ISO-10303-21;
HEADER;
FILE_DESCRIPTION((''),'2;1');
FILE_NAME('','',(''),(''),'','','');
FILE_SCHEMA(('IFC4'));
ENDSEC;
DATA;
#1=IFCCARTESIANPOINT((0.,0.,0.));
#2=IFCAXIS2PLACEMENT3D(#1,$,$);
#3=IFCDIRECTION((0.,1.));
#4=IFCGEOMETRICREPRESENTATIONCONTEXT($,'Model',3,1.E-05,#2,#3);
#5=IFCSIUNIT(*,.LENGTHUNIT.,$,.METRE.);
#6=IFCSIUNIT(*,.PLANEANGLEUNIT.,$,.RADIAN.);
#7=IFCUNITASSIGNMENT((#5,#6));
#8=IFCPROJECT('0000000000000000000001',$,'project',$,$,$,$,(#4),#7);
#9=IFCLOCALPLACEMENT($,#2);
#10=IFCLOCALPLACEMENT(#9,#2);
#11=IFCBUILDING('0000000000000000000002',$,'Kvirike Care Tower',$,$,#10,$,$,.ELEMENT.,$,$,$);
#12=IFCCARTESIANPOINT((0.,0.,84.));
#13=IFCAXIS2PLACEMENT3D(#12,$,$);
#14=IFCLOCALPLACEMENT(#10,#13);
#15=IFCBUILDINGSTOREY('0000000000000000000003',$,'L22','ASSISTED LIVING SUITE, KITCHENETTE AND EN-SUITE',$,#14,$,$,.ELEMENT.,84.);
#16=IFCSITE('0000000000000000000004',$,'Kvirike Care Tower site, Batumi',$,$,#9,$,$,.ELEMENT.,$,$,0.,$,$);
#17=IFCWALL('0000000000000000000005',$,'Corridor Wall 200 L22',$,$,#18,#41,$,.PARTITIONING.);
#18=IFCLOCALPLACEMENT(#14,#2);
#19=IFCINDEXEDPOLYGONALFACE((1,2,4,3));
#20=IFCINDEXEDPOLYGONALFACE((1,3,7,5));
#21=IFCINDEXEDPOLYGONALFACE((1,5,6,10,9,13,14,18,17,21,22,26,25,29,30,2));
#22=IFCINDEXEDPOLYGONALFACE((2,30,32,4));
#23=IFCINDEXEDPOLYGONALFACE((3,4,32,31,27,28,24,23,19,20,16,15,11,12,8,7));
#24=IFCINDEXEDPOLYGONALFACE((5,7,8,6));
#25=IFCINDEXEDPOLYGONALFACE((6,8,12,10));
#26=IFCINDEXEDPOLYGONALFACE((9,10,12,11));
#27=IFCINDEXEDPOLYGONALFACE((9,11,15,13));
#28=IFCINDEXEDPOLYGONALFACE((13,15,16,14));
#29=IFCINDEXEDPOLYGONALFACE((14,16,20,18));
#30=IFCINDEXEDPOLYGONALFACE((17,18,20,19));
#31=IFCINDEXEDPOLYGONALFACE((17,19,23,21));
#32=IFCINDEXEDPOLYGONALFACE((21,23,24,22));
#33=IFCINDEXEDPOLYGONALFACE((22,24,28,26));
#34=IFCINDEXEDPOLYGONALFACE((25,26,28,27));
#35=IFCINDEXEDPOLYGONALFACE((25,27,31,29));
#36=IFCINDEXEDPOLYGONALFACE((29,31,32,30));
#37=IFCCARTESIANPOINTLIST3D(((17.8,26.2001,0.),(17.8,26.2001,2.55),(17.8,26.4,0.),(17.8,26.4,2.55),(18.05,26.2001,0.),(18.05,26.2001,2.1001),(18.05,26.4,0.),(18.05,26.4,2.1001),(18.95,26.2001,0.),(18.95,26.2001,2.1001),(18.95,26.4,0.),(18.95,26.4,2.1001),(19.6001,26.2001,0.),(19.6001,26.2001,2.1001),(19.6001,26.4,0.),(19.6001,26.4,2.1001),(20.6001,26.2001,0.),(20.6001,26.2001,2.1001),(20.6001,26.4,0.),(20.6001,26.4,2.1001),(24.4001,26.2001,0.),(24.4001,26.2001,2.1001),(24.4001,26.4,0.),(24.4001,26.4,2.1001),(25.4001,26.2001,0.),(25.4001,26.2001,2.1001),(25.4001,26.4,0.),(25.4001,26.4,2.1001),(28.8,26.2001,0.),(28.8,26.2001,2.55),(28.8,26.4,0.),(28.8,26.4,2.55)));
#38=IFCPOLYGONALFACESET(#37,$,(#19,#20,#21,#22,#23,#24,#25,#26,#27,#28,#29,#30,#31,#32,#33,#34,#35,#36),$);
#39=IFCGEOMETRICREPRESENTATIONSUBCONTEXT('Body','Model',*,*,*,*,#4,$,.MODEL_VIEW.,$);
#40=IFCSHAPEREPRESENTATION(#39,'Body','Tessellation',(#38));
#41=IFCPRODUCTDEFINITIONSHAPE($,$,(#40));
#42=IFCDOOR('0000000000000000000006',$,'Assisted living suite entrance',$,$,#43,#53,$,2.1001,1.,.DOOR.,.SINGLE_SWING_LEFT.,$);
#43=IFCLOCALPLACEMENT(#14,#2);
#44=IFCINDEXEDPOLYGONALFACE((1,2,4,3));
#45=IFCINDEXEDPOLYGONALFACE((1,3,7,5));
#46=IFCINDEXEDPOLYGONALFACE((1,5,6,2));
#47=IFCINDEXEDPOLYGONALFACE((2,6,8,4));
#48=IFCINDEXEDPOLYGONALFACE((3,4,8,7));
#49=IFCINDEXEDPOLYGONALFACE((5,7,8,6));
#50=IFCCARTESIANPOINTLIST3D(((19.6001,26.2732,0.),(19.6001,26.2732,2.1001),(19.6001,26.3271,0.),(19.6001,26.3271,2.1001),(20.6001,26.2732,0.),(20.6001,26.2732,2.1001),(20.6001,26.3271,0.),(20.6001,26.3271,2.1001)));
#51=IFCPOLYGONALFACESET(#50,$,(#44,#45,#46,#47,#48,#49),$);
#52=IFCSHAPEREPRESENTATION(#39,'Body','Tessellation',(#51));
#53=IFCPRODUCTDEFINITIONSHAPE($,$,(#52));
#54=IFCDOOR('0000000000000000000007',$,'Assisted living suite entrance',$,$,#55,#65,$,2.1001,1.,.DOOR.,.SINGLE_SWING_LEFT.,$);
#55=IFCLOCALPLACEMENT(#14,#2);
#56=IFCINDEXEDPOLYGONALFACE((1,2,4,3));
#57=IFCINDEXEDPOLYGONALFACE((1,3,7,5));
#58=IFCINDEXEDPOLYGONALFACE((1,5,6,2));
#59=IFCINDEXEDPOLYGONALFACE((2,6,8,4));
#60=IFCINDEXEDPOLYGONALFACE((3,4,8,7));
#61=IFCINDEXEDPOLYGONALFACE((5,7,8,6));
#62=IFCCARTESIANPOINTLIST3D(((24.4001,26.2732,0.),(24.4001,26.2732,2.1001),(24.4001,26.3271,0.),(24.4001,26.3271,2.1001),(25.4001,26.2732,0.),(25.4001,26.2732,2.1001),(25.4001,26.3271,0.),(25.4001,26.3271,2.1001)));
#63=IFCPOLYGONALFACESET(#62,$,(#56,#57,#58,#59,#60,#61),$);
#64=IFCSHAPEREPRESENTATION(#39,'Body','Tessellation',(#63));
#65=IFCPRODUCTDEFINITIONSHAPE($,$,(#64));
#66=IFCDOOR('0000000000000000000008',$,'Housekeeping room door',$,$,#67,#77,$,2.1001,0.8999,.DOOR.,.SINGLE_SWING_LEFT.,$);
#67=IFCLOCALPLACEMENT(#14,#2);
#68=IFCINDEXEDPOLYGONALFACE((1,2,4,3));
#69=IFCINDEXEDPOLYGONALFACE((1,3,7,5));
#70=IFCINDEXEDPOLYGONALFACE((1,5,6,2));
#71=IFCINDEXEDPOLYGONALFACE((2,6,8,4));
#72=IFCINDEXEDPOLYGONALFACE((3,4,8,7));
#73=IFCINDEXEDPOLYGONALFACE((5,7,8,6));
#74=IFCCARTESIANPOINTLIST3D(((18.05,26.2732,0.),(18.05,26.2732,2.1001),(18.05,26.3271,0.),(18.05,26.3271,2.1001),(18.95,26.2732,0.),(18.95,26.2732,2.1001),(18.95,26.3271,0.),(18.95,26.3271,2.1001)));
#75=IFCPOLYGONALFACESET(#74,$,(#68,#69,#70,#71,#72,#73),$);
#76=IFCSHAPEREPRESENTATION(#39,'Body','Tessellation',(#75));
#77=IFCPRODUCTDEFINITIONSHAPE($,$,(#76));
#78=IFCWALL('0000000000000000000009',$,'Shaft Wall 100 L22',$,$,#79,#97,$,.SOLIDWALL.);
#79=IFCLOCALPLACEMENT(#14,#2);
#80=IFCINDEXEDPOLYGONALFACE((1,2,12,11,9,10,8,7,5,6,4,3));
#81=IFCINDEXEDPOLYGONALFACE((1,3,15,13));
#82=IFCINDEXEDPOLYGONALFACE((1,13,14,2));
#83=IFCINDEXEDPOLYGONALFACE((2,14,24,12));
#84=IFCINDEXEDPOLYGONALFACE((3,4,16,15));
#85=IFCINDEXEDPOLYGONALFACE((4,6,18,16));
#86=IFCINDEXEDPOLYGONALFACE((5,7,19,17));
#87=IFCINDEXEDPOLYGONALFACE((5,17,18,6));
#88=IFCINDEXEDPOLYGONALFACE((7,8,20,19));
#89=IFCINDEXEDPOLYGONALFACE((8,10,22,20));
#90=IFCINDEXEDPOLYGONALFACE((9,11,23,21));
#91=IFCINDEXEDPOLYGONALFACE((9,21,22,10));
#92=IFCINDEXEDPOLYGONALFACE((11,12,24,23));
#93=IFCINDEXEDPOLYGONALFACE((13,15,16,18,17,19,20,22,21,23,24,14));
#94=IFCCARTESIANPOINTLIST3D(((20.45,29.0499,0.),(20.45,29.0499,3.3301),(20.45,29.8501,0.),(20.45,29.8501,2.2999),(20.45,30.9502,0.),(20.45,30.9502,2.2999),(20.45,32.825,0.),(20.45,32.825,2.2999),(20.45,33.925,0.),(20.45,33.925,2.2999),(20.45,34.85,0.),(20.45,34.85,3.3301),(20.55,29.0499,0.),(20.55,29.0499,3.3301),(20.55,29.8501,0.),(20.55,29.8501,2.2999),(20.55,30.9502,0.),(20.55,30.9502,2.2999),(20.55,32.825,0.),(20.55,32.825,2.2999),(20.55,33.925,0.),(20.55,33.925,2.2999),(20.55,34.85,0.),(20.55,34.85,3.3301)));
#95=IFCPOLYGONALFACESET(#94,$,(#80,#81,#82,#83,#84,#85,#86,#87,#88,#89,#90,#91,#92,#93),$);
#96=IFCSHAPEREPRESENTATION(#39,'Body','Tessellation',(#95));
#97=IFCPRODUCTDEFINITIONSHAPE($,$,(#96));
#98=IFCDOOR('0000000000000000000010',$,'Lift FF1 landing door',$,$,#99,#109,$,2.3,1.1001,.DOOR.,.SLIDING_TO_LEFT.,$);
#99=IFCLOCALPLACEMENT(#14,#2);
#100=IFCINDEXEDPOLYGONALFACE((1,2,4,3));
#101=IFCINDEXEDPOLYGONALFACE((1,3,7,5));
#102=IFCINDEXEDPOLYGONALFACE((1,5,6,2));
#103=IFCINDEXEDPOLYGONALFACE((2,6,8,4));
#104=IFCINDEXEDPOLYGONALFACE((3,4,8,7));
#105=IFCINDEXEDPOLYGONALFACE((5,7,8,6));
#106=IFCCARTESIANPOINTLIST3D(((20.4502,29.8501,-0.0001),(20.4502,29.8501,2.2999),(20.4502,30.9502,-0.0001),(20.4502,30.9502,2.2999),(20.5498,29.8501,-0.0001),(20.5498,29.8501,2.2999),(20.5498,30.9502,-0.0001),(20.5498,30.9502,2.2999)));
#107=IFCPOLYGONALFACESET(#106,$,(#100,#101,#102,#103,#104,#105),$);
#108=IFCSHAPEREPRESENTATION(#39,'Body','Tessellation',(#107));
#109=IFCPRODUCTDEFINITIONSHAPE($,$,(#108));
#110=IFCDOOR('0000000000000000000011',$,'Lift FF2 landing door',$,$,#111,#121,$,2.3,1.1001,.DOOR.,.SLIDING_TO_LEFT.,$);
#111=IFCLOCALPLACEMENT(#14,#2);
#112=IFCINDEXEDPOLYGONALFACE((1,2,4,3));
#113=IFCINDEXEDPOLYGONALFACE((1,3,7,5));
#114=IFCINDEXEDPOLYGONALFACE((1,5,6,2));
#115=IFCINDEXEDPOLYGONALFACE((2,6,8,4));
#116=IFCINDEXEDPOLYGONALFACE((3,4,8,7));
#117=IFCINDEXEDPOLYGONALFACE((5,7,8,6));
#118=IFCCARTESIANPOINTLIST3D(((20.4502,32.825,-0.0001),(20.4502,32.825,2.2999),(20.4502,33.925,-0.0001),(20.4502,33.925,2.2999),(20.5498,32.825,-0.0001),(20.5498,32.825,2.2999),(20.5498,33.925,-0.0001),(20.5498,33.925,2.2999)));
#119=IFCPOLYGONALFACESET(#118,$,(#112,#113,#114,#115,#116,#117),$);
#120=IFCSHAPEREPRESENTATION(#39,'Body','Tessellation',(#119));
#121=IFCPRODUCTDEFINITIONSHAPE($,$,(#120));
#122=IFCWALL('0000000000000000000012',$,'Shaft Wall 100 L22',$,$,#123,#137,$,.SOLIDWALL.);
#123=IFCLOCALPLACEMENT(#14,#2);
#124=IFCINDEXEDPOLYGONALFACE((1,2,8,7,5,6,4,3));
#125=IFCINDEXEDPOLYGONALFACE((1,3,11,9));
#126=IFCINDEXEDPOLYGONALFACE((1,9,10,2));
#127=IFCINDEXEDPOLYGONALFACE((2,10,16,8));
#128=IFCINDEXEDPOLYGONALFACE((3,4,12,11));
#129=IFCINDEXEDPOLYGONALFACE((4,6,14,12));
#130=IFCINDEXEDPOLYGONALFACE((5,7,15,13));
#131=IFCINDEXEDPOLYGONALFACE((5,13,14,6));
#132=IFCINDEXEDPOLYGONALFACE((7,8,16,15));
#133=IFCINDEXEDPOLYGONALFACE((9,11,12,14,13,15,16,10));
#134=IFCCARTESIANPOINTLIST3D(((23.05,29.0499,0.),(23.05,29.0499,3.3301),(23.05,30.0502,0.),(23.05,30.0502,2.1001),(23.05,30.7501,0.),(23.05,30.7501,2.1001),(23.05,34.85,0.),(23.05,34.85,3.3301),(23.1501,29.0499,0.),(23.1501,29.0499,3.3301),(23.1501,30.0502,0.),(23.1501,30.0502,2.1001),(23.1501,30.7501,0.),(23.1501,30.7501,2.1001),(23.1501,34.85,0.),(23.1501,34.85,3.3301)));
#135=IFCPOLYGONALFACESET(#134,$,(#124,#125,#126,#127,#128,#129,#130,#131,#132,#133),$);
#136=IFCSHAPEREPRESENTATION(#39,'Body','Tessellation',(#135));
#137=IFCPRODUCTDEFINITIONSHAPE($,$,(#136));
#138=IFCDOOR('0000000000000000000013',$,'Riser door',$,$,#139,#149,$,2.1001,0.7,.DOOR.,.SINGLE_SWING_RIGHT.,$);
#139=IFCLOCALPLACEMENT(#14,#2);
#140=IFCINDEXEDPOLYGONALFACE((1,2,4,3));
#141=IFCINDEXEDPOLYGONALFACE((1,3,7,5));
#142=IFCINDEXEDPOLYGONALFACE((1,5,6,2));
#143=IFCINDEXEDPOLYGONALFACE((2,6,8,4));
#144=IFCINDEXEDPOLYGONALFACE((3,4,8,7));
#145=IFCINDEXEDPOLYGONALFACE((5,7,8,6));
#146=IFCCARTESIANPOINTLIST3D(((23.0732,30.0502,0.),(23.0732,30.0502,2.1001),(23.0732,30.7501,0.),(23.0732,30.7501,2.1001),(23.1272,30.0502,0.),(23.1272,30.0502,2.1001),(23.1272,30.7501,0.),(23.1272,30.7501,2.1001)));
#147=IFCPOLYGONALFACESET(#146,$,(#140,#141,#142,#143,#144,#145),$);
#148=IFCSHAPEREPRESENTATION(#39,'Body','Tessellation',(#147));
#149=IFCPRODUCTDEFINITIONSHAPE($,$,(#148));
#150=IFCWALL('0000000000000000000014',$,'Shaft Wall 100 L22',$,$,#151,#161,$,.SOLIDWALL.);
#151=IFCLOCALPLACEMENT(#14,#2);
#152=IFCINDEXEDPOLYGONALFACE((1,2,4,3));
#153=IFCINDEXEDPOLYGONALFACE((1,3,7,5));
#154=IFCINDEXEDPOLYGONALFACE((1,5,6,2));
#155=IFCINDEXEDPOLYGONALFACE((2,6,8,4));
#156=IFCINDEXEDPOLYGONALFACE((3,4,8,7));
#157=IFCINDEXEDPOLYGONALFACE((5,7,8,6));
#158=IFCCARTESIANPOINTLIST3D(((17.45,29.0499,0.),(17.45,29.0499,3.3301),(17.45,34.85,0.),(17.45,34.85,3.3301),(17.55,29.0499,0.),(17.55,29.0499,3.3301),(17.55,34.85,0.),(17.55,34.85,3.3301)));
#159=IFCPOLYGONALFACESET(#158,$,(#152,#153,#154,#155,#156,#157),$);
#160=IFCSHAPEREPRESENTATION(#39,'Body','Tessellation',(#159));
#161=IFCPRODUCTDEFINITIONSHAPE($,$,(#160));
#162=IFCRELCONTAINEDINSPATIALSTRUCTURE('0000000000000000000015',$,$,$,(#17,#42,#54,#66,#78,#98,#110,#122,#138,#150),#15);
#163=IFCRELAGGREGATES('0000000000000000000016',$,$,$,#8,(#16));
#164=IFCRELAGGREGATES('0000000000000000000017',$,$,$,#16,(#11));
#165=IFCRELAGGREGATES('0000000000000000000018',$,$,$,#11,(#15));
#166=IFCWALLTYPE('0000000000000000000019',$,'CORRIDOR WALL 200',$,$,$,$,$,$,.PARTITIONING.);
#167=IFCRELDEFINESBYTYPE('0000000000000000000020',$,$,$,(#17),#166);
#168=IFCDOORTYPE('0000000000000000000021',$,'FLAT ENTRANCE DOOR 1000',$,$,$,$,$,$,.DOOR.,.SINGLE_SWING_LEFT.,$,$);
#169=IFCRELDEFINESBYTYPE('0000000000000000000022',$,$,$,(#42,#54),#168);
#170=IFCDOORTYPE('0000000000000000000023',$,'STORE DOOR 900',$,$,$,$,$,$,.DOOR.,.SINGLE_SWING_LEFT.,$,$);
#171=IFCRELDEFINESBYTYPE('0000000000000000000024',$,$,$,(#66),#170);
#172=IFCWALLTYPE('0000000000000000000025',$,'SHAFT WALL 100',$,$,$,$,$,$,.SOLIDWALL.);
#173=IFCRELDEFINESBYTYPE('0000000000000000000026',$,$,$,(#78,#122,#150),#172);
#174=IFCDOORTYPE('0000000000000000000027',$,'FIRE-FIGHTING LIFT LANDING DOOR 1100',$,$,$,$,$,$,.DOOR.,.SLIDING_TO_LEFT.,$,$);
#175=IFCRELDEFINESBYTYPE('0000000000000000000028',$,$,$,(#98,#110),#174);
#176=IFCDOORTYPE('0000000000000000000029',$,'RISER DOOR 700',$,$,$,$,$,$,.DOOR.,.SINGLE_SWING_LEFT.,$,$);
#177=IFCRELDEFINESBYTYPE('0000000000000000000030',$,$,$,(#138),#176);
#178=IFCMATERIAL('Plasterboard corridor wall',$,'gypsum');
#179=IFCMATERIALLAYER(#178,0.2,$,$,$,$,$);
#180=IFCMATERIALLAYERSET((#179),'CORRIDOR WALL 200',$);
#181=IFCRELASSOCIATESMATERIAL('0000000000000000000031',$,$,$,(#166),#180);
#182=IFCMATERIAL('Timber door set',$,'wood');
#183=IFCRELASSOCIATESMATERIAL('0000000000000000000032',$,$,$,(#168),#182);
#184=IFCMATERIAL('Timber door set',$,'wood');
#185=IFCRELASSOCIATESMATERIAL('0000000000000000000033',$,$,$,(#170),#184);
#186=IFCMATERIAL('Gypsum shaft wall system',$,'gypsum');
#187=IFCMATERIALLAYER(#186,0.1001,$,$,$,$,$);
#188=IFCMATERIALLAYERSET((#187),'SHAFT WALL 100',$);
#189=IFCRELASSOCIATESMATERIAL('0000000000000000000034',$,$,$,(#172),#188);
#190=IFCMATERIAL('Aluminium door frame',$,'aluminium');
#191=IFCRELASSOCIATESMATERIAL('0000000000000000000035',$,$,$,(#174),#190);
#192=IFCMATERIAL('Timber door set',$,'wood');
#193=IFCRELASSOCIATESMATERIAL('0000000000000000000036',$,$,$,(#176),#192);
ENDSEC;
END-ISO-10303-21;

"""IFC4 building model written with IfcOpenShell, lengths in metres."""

from ifc_helpers import new_model, si_unit, direction, frame, frame_2d, origin, place, context, subcontext, project, spatial, rectangle, extrude, material, layer, layer_set, type_object, element, fill, save


model = new_model("IFC4")

# Units and contexts
model_context = context("Model", 3, precision=1e-05, world=origin(), true_north=direction((0.0, 1.0)))
body_context = subcontext(model_context, "Body", "Model", "MODEL_VIEW")
ifc_project = project(units=[si_unit("LENGTHUNIT", "METRE"), si_unit("PLANEANGLEUNIT", "RADIAN")], contexts=[model_context])

# Site, building, storey
site_placement = place(None, origin())
site = spatial("IfcSite", under=ifc_project, at=site_placement, Name="Kvirike Care Tower site, Batumi", CompositionType="ELEMENT", RefElevation=0.0)
building_placement = place(site_placement, origin())
building = spatial("IfcBuilding", under=site, at=building_placement, Name="Kvirike Care Tower", CompositionType="ELEMENT")
storey_placement = place(building_placement, frame((0.0, 0.0, 84.0)))
storey = spatial("IfcBuildingStorey", under=building, at=storey_placement, Name="L22", Description="ASSISTED LIVING SUITE, KITCHENETTE AND EN-SUITE", CompositionType="ELEMENT", Elevation=84.0)

# Walls, openings, doors
ifc_material_1 = material(Name="Plasterboard corridor wall", Category="gypsum")
ifc_layer_1 = layer(ifc_material_1, 0.2)
ifc_layer_set_1 = layer_set([ifc_layer_1], Name="CORRIDOR WALL 200")
wall_type_1 = type_object("IfcWallType", Name="CORRIDOR WALL 200", PredefinedType="PARTITIONING", material=ifc_layer_set_1)
wall_1_placement = place(storey_placement, frame((17.8, 26.3, 0.0), z_axis=(0.0, 0.0, 1.0), x_axis=(1.0, 0.0, 0.0)))
wall_1 = element("IfcWall", 1, at=wall_1_placement, inside=storey, type_object=wall_type_1, Name="Corridor Wall 200 L22", PredefinedType="PARTITIONING", context=body_context, shape_type="SweptSolid", body=[
    extrude(rectangle(XDim=11.0, YDim=0.2, at=frame_2d((5.5, 0.0))), origin(), (0.0, 0.0, 1.0), 2.55),
])
opening_1_placement = place(wall_1_placement, frame((0.25, 0.0, 0.0)))
opening_1 = element("IfcOpeningElement", 2, at=opening_1_placement, cuts=wall_1, PredefinedType="OPENING", context=body_context, shape_type="SweptSolid", body=[
    extrude(rectangle(XDim=0.8999, YDim=2.1001, at=frame_2d((0.45, 1.05))), frame((0.0, 0.1106, 0.0), z_axis=(0.0, -1.0, 0.0), x_axis=(1.0, 0.0, 0.0)), (0.0, 0.0, 1.0), 0.2209),
])
opening_2_placement = place(wall_1_placement, frame((1.8, 0.0, 0.0)))
opening_2 = element("IfcOpeningElement", 3, at=opening_2_placement, cuts=wall_1, PredefinedType="OPENING", context=body_context, shape_type="SweptSolid", body=[
    extrude(rectangle(XDim=1.0, YDim=2.1001, at=frame_2d((0.5, 1.05))), frame((0.0, 0.1106, 0.0), z_axis=(0.0, -1.0, 0.0), x_axis=(1.0, 0.0, 0.0)), (0.0, 0.0, 1.0), 0.2209),
])
opening_3_placement = place(wall_1_placement, frame((6.6001, 0.0, 0.0)))
opening_3 = element("IfcOpeningElement", 4, at=opening_3_placement, cuts=wall_1, PredefinedType="OPENING", context=body_context, shape_type="SweptSolid", body=[
    extrude(rectangle(XDim=1.0, YDim=2.1001, at=frame_2d((0.5, 1.05))), frame((0.0, 0.1106, 0.0), z_axis=(0.0, -1.0, 0.0), x_axis=(1.0, 0.0, 0.0)), (0.0, 0.0, 1.0), 0.2209),
])
ifc_material_2 = material(Name="Timber door set", Category="wood")
door_type_1 = type_object("IfcDoorType", Name="FLAT ENTRANCE DOOR 1000", OperationType="SINGLE_SWING_LEFT", PredefinedType="DOOR", material=ifc_material_2)
door_1_placement = place(opening_2_placement, frame((1.0, 0.0, 0.0), z_axis=(0.0, 0.0, 1.0), x_axis=(-1.0, 0.0, 0.0)))
door_1 = element("IfcDoor", 5, at=door_1_placement, inside=storey, type_object=door_type_1, Name="Assisted living suite entrance", OperationType="SINGLE_SWING_LEFT", OverallHeight=2.1001, OverallWidth=1.0, PredefinedType="DOOR", context=body_context, shape_type="SweptSolid", body=[
    extrude(rectangle(XDim=1.0, YDim=2.1001, at=frame_2d((0.5, 1.05))), frame((0.0, 0.0269, 0.0), z_axis=(0.0, -1.0, 0.0), x_axis=(1.0, 0.0, 0.0)), (0.0, 0.0, 1.0), 0.054),
])
fill(opening_2, door_1)
door_2_placement = place(opening_3_placement, frame((1.0, 0.0, 0.0), z_axis=(0.0, 0.0, 1.0), x_axis=(-1.0, 0.0, 0.0)))
door_2 = element("IfcDoor", 6, at=door_2_placement, inside=storey, type_object=door_type_1, Name="Assisted living suite entrance", OperationType="SINGLE_SWING_LEFT", OverallHeight=2.1001, OverallWidth=1.0, PredefinedType="DOOR", context=body_context, shape_type="SweptSolid", body=[
    extrude(rectangle(XDim=1.0, YDim=2.1001, at=frame_2d((0.5, 1.05))), frame((0.0, 0.0269, 0.0), z_axis=(0.0, -1.0, 0.0), x_axis=(1.0, 0.0, 0.0)), (0.0, 0.0, 1.0), 0.054),
])
fill(opening_3, door_2)
ifc_material_3 = material(Name="Timber door set", Category="wood")
door_type_2 = type_object("IfcDoorType", Name="STORE DOOR 900", OperationType="SINGLE_SWING_LEFT", PredefinedType="DOOR", material=ifc_material_3)
door_3_placement = place(opening_1_placement, frame((0.8999, 0.0, 0.0), z_axis=(0.0, 0.0, 1.0), x_axis=(-1.0, 0.0, 0.0)))
door_3 = element("IfcDoor", 7, at=door_3_placement, inside=storey, type_object=door_type_2, Name="Housekeeping room door", OperationType="SINGLE_SWING_LEFT", OverallHeight=2.1001, OverallWidth=0.8999, PredefinedType="DOOR", context=body_context, shape_type="SweptSolid", body=[
    extrude(rectangle(XDim=0.8999, YDim=2.1001, at=frame_2d((0.45, 1.05))), frame((0.0, 0.0269, 0.0), z_axis=(0.0, -1.0, 0.0), x_axis=(1.0, 0.0, 0.0)), (0.0, 0.0, 1.0), 0.054),
])
fill(opening_1, door_3)
ifc_material_4 = material(Name="Gypsum shaft wall system", Category="gypsum")
ifc_layer_2 = layer(ifc_material_4, 0.1001)
ifc_layer_set_2 = layer_set([ifc_layer_2], Name="SHAFT WALL 100")
wall_type_2 = type_object("IfcWallType", Name="SHAFT WALL 100", PredefinedType="SOLIDWALL", material=ifc_layer_set_2)
wall_2_placement = place(storey_placement, frame((20.5, 29.05, 0.0), z_axis=(0.0, 0.0, 1.0), x_axis=(0.0, 1.0, 0.0)))
wall_2 = element("IfcWall", 8, at=wall_2_placement, inside=storey, type_object=wall_type_2, Name="Shaft Wall 100 L22", PredefinedType="SOLIDWALL", context=body_context, shape_type="SweptSolid", body=[
    extrude(rectangle(XDim=5.8, YDim=0.1001, at=frame_2d((2.8999, 0.0))), origin(), (0.0, 0.0, 1.0), 3.3301),
])
opening_4_placement = place(wall_2_placement, frame((0.8, 0.0, 0.0)))
opening_4 = element("IfcOpeningElement", 9, at=opening_4_placement, cuts=wall_2, PredefinedType="OPENING", context=body_context, shape_type="SweptSolid", body=[
    extrude(rectangle(XDim=1.1001, YDim=2.3, at=frame_2d((0.55, 1.1499))), frame((0.0, 0.0605, 0.0), z_axis=(0.0, -1.0, 0.0), x_axis=(1.0, 0.0, 0.0)), (0.0, 0.0, 1.0), 0.1211),
])
opening_5_placement = place(wall_2_placement, frame((3.7749, 0.0, 0.0)))
opening_5 = element("IfcOpeningElement", 10, at=opening_5_placement, cuts=wall_2, PredefinedType="OPENING", context=body_context, shape_type="SweptSolid", body=[
    extrude(rectangle(XDim=1.1001, YDim=2.3, at=frame_2d((0.55, 1.1499))), frame((0.0, 0.0605, 0.0), z_axis=(0.0, -1.0, 0.0), x_axis=(1.0, 0.0, 0.0)), (0.0, 0.0, 1.0), 0.1211),
])
ifc_material_5 = material(Name="Aluminium door frame", Category="aluminium")
door_type_3 = type_object("IfcDoorType", Name="FIRE-FIGHTING LIFT LANDING DOOR 1100", OperationType="SLIDING_TO_LEFT", PredefinedType="DOOR", material=ifc_material_5)
door_4_placement = place(opening_4_placement, origin())
door_4 = element("IfcDoor", 11, at=door_4_placement, inside=storey, type_object=door_type_3, Name="Lift FF1 landing door", OperationType="SLIDING_TO_LEFT", OverallHeight=2.3, OverallWidth=1.1001, PredefinedType="DOOR", context=body_context, shape_type="SweptSolid", body=[
    extrude(rectangle(XDim=1.1001, YDim=2.3, at=frame_2d((0.55, 1.1499))), frame((0.0, 0.0498, 0.0), z_axis=(0.0, -1.0, 0.0), x_axis=(1.0, 0.0, 0.0)), (0.0, 0.0, 1.0), 0.0996),
])
fill(opening_4, door_4)
door_5_placement = place(opening_5_placement, origin())
door_5 = element("IfcDoor", 12, at=door_5_placement, inside=storey, type_object=door_type_3, Name="Lift FF2 landing door", OperationType="SLIDING_TO_LEFT", OverallHeight=2.3, OverallWidth=1.1001, PredefinedType="DOOR", context=body_context, shape_type="SweptSolid", body=[
    extrude(rectangle(XDim=1.1001, YDim=2.3, at=frame_2d((0.55, 1.1499))), frame((0.0, 0.0498, 0.0), z_axis=(0.0, -1.0, 0.0), x_axis=(1.0, 0.0, 0.0)), (0.0, 0.0, 1.0), 0.0996),
])
fill(opening_5, door_5)

# Wall, opening, door
wall_3_placement = place(storey_placement, frame((23.1001, 29.05, 0.0), z_axis=(0.0, 0.0, 1.0), x_axis=(0.0, 1.0, 0.0)))
wall_3 = element("IfcWall", 13, at=wall_3_placement, inside=storey, type_object=wall_type_2, Name="Shaft Wall 100 L22", PredefinedType="SOLIDWALL", context=body_context, shape_type="SweptSolid", body=[
    extrude(rectangle(XDim=5.8, YDim=0.1001, at=frame_2d((2.8999, 0.0))), origin(), (0.0, 0.0, 1.0), 3.3301),
])
opening_6_placement = place(wall_3_placement, frame((1.0, 0.0, 0.0)))
opening_6 = element("IfcOpeningElement", 14, at=opening_6_placement, cuts=wall_3, PredefinedType="OPENING", context=body_context, shape_type="SweptSolid", body=[
    extrude(rectangle(XDim=0.7, YDim=2.1001, at=frame_2d((0.3501, 1.05))), frame((0.0, 0.0605, 0.0), z_axis=(0.0, -1.0, 0.0), x_axis=(1.0, 0.0, 0.0)), (0.0, 0.0, 1.0), 0.1211),
])
ifc_material_6 = material(Name="Timber door set", Category="wood")
door_type_4 = type_object("IfcDoorType", Name="RISER DOOR 700", OperationType="SINGLE_SWING_LEFT", PredefinedType="DOOR", material=ifc_material_6)
door_6_placement = place(opening_6_placement, origin())
door_6 = element("IfcDoor", 15, at=door_6_placement, inside=storey, type_object=door_type_4, Name="Riser door", OperationType="SINGLE_SWING_RIGHT", OverallHeight=2.1001, OverallWidth=0.7, PredefinedType="DOOR", context=body_context, shape_type="SweptSolid", body=[
    extrude(rectangle(XDim=0.7, YDim=2.1001, at=frame_2d((0.3501, 1.05))), frame((0.0, 0.0269, 0.0), z_axis=(0.0, -1.0, 0.0), x_axis=(1.0, 0.0, 0.0)), (0.0, 0.0, 1.0), 0.054),
])
fill(opening_6, door_6)

# Wall
wall_4_placement = place(storey_placement, frame((17.5, 29.05, 0.0), z_axis=(0.0, 0.0, 1.0), x_axis=(0.0, 1.0, 0.0)))
element("IfcWall", 16, at=wall_4_placement, inside=storey, type_object=wall_type_2, Name="Shaft Wall 100 L22", PredefinedType="SOLIDWALL", context=body_context, shape_type="SweptSolid", body=[
    extrude(rectangle(XDim=5.8, YDim=0.1001, at=frame_2d((2.8999, 0.0))), origin(), (0.0, 0.0, 1.0), 3.3301),
])

save(model, "model.ifc")
